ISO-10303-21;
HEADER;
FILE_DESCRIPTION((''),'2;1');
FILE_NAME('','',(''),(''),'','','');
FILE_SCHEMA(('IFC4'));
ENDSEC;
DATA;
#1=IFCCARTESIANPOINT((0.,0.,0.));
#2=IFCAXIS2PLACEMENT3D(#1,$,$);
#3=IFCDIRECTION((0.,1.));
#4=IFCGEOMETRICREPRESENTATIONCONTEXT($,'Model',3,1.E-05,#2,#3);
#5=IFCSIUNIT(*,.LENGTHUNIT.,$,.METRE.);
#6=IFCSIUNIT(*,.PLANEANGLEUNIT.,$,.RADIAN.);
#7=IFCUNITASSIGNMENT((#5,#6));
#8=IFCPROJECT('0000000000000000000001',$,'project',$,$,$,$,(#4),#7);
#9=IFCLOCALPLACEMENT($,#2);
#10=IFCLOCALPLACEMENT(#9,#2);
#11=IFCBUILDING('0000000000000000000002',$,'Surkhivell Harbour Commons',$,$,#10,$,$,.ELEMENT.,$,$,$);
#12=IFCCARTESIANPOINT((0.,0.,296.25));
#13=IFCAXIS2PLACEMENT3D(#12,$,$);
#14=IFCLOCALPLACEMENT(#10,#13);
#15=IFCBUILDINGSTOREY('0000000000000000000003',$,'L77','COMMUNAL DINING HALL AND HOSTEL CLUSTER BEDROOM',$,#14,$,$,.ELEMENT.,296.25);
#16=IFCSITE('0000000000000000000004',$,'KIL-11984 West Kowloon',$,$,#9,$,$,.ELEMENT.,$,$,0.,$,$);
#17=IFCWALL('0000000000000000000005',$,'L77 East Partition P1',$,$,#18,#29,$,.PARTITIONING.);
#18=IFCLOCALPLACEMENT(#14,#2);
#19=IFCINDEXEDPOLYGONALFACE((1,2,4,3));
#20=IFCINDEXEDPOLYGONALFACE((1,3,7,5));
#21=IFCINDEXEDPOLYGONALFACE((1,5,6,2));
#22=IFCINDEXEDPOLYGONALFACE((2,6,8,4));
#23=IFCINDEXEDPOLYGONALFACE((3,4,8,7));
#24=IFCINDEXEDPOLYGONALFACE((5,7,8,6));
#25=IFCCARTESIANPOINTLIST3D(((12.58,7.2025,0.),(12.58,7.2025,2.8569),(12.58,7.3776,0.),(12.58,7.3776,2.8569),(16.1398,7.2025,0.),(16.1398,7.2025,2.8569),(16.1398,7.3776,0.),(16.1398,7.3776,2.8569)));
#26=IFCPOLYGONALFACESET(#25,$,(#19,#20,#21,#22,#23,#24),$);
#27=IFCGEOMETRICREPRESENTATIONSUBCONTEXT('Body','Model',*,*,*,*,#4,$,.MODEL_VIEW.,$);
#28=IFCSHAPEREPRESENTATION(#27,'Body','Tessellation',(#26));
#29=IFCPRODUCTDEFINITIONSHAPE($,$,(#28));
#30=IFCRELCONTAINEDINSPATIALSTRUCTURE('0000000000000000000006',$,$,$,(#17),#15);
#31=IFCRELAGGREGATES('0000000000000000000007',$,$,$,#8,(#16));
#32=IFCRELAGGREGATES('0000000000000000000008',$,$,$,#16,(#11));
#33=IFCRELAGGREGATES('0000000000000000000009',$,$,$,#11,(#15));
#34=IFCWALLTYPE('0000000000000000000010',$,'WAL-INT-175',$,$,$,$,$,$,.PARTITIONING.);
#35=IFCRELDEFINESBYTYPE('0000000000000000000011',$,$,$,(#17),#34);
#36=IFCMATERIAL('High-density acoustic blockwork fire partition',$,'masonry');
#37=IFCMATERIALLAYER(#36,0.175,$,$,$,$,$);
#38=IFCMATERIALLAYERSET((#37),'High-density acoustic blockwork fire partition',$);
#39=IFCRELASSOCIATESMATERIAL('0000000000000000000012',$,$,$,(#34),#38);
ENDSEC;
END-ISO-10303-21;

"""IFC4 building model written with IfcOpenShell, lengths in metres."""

from ifc_helpers import new_model, si_unit, direction, frame, frame_2d, origin, place, context, subcontext, project, spatial, rectangle, extrude, material, layer, layer_set, type_object, element, save


model = new_model("IFC4")

# Units and contexts
model_context = context("Model", 3, precision=1e-05, world=origin(), true_north=direction((0.0, 1.0)))
body_context = subcontext(model_context, "Body", "Model", "MODEL_VIEW")
ifc_project = project(units=[si_unit("LENGTHUNIT", "METRE"), si_unit("PLANEANGLEUNIT", "RADIAN")], contexts=[model_context])

# Site, building, storey
site_placement = place(None, origin())
site = spatial("IfcSite", under=ifc_project, at=site_placement, Name="KIL-11984 West Kowloon", CompositionType="ELEMENT", RefElevation=0.0)
building_placement = place(site_placement, origin())
building = spatial("IfcBuilding", under=site, at=building_placement, Name="Surkhivell Harbour Commons", CompositionType="ELEMENT")
storey_placement = place(building_placement, frame((0.0, 0.0, 296.25)))
storey = spatial("IfcBuildingStorey", under=building, at=storey_placement, Name="L77", Description="COMMUNAL DINING HALL AND HOSTEL CLUSTER BEDROOM", CompositionType="ELEMENT", Elevation=296.25)

# Wall
ifc_material_1 = material(Name="High-density acoustic blockwork fire partition", Category="masonry")
ifc_layer_1 = layer(ifc_material_1, 0.175)
ifc_layer_set_1 = layer_set([ifc_layer_1], Name="High-density acoustic blockwork fire partition")
wall_type_1 = type_object("IfcWallType", Name="WAL-INT-175", PredefinedType="PARTITIONING", material=ifc_layer_set_1)
wall_1_placement = place(storey_placement, frame((12.5801, 7.29, 0.0), z_axis=(0.0, 0.0, 1.0), x_axis=(1.0, 0.0, 0.0)))
element("IfcWall", 1, at=wall_1_placement, inside=storey, type_object=wall_type_1, Name="L77 East Partition P1", PredefinedType="PARTITIONING", context=body_context, shape_type="SweptSolid", body=[
    extrude(rectangle(XDim=3.5598, YDim=0.175, at=frame_2d((1.7798, 0.0))), origin(), (0.0, 0.0, 1.0), 2.8569),
])

save(model, "model.ifc")
